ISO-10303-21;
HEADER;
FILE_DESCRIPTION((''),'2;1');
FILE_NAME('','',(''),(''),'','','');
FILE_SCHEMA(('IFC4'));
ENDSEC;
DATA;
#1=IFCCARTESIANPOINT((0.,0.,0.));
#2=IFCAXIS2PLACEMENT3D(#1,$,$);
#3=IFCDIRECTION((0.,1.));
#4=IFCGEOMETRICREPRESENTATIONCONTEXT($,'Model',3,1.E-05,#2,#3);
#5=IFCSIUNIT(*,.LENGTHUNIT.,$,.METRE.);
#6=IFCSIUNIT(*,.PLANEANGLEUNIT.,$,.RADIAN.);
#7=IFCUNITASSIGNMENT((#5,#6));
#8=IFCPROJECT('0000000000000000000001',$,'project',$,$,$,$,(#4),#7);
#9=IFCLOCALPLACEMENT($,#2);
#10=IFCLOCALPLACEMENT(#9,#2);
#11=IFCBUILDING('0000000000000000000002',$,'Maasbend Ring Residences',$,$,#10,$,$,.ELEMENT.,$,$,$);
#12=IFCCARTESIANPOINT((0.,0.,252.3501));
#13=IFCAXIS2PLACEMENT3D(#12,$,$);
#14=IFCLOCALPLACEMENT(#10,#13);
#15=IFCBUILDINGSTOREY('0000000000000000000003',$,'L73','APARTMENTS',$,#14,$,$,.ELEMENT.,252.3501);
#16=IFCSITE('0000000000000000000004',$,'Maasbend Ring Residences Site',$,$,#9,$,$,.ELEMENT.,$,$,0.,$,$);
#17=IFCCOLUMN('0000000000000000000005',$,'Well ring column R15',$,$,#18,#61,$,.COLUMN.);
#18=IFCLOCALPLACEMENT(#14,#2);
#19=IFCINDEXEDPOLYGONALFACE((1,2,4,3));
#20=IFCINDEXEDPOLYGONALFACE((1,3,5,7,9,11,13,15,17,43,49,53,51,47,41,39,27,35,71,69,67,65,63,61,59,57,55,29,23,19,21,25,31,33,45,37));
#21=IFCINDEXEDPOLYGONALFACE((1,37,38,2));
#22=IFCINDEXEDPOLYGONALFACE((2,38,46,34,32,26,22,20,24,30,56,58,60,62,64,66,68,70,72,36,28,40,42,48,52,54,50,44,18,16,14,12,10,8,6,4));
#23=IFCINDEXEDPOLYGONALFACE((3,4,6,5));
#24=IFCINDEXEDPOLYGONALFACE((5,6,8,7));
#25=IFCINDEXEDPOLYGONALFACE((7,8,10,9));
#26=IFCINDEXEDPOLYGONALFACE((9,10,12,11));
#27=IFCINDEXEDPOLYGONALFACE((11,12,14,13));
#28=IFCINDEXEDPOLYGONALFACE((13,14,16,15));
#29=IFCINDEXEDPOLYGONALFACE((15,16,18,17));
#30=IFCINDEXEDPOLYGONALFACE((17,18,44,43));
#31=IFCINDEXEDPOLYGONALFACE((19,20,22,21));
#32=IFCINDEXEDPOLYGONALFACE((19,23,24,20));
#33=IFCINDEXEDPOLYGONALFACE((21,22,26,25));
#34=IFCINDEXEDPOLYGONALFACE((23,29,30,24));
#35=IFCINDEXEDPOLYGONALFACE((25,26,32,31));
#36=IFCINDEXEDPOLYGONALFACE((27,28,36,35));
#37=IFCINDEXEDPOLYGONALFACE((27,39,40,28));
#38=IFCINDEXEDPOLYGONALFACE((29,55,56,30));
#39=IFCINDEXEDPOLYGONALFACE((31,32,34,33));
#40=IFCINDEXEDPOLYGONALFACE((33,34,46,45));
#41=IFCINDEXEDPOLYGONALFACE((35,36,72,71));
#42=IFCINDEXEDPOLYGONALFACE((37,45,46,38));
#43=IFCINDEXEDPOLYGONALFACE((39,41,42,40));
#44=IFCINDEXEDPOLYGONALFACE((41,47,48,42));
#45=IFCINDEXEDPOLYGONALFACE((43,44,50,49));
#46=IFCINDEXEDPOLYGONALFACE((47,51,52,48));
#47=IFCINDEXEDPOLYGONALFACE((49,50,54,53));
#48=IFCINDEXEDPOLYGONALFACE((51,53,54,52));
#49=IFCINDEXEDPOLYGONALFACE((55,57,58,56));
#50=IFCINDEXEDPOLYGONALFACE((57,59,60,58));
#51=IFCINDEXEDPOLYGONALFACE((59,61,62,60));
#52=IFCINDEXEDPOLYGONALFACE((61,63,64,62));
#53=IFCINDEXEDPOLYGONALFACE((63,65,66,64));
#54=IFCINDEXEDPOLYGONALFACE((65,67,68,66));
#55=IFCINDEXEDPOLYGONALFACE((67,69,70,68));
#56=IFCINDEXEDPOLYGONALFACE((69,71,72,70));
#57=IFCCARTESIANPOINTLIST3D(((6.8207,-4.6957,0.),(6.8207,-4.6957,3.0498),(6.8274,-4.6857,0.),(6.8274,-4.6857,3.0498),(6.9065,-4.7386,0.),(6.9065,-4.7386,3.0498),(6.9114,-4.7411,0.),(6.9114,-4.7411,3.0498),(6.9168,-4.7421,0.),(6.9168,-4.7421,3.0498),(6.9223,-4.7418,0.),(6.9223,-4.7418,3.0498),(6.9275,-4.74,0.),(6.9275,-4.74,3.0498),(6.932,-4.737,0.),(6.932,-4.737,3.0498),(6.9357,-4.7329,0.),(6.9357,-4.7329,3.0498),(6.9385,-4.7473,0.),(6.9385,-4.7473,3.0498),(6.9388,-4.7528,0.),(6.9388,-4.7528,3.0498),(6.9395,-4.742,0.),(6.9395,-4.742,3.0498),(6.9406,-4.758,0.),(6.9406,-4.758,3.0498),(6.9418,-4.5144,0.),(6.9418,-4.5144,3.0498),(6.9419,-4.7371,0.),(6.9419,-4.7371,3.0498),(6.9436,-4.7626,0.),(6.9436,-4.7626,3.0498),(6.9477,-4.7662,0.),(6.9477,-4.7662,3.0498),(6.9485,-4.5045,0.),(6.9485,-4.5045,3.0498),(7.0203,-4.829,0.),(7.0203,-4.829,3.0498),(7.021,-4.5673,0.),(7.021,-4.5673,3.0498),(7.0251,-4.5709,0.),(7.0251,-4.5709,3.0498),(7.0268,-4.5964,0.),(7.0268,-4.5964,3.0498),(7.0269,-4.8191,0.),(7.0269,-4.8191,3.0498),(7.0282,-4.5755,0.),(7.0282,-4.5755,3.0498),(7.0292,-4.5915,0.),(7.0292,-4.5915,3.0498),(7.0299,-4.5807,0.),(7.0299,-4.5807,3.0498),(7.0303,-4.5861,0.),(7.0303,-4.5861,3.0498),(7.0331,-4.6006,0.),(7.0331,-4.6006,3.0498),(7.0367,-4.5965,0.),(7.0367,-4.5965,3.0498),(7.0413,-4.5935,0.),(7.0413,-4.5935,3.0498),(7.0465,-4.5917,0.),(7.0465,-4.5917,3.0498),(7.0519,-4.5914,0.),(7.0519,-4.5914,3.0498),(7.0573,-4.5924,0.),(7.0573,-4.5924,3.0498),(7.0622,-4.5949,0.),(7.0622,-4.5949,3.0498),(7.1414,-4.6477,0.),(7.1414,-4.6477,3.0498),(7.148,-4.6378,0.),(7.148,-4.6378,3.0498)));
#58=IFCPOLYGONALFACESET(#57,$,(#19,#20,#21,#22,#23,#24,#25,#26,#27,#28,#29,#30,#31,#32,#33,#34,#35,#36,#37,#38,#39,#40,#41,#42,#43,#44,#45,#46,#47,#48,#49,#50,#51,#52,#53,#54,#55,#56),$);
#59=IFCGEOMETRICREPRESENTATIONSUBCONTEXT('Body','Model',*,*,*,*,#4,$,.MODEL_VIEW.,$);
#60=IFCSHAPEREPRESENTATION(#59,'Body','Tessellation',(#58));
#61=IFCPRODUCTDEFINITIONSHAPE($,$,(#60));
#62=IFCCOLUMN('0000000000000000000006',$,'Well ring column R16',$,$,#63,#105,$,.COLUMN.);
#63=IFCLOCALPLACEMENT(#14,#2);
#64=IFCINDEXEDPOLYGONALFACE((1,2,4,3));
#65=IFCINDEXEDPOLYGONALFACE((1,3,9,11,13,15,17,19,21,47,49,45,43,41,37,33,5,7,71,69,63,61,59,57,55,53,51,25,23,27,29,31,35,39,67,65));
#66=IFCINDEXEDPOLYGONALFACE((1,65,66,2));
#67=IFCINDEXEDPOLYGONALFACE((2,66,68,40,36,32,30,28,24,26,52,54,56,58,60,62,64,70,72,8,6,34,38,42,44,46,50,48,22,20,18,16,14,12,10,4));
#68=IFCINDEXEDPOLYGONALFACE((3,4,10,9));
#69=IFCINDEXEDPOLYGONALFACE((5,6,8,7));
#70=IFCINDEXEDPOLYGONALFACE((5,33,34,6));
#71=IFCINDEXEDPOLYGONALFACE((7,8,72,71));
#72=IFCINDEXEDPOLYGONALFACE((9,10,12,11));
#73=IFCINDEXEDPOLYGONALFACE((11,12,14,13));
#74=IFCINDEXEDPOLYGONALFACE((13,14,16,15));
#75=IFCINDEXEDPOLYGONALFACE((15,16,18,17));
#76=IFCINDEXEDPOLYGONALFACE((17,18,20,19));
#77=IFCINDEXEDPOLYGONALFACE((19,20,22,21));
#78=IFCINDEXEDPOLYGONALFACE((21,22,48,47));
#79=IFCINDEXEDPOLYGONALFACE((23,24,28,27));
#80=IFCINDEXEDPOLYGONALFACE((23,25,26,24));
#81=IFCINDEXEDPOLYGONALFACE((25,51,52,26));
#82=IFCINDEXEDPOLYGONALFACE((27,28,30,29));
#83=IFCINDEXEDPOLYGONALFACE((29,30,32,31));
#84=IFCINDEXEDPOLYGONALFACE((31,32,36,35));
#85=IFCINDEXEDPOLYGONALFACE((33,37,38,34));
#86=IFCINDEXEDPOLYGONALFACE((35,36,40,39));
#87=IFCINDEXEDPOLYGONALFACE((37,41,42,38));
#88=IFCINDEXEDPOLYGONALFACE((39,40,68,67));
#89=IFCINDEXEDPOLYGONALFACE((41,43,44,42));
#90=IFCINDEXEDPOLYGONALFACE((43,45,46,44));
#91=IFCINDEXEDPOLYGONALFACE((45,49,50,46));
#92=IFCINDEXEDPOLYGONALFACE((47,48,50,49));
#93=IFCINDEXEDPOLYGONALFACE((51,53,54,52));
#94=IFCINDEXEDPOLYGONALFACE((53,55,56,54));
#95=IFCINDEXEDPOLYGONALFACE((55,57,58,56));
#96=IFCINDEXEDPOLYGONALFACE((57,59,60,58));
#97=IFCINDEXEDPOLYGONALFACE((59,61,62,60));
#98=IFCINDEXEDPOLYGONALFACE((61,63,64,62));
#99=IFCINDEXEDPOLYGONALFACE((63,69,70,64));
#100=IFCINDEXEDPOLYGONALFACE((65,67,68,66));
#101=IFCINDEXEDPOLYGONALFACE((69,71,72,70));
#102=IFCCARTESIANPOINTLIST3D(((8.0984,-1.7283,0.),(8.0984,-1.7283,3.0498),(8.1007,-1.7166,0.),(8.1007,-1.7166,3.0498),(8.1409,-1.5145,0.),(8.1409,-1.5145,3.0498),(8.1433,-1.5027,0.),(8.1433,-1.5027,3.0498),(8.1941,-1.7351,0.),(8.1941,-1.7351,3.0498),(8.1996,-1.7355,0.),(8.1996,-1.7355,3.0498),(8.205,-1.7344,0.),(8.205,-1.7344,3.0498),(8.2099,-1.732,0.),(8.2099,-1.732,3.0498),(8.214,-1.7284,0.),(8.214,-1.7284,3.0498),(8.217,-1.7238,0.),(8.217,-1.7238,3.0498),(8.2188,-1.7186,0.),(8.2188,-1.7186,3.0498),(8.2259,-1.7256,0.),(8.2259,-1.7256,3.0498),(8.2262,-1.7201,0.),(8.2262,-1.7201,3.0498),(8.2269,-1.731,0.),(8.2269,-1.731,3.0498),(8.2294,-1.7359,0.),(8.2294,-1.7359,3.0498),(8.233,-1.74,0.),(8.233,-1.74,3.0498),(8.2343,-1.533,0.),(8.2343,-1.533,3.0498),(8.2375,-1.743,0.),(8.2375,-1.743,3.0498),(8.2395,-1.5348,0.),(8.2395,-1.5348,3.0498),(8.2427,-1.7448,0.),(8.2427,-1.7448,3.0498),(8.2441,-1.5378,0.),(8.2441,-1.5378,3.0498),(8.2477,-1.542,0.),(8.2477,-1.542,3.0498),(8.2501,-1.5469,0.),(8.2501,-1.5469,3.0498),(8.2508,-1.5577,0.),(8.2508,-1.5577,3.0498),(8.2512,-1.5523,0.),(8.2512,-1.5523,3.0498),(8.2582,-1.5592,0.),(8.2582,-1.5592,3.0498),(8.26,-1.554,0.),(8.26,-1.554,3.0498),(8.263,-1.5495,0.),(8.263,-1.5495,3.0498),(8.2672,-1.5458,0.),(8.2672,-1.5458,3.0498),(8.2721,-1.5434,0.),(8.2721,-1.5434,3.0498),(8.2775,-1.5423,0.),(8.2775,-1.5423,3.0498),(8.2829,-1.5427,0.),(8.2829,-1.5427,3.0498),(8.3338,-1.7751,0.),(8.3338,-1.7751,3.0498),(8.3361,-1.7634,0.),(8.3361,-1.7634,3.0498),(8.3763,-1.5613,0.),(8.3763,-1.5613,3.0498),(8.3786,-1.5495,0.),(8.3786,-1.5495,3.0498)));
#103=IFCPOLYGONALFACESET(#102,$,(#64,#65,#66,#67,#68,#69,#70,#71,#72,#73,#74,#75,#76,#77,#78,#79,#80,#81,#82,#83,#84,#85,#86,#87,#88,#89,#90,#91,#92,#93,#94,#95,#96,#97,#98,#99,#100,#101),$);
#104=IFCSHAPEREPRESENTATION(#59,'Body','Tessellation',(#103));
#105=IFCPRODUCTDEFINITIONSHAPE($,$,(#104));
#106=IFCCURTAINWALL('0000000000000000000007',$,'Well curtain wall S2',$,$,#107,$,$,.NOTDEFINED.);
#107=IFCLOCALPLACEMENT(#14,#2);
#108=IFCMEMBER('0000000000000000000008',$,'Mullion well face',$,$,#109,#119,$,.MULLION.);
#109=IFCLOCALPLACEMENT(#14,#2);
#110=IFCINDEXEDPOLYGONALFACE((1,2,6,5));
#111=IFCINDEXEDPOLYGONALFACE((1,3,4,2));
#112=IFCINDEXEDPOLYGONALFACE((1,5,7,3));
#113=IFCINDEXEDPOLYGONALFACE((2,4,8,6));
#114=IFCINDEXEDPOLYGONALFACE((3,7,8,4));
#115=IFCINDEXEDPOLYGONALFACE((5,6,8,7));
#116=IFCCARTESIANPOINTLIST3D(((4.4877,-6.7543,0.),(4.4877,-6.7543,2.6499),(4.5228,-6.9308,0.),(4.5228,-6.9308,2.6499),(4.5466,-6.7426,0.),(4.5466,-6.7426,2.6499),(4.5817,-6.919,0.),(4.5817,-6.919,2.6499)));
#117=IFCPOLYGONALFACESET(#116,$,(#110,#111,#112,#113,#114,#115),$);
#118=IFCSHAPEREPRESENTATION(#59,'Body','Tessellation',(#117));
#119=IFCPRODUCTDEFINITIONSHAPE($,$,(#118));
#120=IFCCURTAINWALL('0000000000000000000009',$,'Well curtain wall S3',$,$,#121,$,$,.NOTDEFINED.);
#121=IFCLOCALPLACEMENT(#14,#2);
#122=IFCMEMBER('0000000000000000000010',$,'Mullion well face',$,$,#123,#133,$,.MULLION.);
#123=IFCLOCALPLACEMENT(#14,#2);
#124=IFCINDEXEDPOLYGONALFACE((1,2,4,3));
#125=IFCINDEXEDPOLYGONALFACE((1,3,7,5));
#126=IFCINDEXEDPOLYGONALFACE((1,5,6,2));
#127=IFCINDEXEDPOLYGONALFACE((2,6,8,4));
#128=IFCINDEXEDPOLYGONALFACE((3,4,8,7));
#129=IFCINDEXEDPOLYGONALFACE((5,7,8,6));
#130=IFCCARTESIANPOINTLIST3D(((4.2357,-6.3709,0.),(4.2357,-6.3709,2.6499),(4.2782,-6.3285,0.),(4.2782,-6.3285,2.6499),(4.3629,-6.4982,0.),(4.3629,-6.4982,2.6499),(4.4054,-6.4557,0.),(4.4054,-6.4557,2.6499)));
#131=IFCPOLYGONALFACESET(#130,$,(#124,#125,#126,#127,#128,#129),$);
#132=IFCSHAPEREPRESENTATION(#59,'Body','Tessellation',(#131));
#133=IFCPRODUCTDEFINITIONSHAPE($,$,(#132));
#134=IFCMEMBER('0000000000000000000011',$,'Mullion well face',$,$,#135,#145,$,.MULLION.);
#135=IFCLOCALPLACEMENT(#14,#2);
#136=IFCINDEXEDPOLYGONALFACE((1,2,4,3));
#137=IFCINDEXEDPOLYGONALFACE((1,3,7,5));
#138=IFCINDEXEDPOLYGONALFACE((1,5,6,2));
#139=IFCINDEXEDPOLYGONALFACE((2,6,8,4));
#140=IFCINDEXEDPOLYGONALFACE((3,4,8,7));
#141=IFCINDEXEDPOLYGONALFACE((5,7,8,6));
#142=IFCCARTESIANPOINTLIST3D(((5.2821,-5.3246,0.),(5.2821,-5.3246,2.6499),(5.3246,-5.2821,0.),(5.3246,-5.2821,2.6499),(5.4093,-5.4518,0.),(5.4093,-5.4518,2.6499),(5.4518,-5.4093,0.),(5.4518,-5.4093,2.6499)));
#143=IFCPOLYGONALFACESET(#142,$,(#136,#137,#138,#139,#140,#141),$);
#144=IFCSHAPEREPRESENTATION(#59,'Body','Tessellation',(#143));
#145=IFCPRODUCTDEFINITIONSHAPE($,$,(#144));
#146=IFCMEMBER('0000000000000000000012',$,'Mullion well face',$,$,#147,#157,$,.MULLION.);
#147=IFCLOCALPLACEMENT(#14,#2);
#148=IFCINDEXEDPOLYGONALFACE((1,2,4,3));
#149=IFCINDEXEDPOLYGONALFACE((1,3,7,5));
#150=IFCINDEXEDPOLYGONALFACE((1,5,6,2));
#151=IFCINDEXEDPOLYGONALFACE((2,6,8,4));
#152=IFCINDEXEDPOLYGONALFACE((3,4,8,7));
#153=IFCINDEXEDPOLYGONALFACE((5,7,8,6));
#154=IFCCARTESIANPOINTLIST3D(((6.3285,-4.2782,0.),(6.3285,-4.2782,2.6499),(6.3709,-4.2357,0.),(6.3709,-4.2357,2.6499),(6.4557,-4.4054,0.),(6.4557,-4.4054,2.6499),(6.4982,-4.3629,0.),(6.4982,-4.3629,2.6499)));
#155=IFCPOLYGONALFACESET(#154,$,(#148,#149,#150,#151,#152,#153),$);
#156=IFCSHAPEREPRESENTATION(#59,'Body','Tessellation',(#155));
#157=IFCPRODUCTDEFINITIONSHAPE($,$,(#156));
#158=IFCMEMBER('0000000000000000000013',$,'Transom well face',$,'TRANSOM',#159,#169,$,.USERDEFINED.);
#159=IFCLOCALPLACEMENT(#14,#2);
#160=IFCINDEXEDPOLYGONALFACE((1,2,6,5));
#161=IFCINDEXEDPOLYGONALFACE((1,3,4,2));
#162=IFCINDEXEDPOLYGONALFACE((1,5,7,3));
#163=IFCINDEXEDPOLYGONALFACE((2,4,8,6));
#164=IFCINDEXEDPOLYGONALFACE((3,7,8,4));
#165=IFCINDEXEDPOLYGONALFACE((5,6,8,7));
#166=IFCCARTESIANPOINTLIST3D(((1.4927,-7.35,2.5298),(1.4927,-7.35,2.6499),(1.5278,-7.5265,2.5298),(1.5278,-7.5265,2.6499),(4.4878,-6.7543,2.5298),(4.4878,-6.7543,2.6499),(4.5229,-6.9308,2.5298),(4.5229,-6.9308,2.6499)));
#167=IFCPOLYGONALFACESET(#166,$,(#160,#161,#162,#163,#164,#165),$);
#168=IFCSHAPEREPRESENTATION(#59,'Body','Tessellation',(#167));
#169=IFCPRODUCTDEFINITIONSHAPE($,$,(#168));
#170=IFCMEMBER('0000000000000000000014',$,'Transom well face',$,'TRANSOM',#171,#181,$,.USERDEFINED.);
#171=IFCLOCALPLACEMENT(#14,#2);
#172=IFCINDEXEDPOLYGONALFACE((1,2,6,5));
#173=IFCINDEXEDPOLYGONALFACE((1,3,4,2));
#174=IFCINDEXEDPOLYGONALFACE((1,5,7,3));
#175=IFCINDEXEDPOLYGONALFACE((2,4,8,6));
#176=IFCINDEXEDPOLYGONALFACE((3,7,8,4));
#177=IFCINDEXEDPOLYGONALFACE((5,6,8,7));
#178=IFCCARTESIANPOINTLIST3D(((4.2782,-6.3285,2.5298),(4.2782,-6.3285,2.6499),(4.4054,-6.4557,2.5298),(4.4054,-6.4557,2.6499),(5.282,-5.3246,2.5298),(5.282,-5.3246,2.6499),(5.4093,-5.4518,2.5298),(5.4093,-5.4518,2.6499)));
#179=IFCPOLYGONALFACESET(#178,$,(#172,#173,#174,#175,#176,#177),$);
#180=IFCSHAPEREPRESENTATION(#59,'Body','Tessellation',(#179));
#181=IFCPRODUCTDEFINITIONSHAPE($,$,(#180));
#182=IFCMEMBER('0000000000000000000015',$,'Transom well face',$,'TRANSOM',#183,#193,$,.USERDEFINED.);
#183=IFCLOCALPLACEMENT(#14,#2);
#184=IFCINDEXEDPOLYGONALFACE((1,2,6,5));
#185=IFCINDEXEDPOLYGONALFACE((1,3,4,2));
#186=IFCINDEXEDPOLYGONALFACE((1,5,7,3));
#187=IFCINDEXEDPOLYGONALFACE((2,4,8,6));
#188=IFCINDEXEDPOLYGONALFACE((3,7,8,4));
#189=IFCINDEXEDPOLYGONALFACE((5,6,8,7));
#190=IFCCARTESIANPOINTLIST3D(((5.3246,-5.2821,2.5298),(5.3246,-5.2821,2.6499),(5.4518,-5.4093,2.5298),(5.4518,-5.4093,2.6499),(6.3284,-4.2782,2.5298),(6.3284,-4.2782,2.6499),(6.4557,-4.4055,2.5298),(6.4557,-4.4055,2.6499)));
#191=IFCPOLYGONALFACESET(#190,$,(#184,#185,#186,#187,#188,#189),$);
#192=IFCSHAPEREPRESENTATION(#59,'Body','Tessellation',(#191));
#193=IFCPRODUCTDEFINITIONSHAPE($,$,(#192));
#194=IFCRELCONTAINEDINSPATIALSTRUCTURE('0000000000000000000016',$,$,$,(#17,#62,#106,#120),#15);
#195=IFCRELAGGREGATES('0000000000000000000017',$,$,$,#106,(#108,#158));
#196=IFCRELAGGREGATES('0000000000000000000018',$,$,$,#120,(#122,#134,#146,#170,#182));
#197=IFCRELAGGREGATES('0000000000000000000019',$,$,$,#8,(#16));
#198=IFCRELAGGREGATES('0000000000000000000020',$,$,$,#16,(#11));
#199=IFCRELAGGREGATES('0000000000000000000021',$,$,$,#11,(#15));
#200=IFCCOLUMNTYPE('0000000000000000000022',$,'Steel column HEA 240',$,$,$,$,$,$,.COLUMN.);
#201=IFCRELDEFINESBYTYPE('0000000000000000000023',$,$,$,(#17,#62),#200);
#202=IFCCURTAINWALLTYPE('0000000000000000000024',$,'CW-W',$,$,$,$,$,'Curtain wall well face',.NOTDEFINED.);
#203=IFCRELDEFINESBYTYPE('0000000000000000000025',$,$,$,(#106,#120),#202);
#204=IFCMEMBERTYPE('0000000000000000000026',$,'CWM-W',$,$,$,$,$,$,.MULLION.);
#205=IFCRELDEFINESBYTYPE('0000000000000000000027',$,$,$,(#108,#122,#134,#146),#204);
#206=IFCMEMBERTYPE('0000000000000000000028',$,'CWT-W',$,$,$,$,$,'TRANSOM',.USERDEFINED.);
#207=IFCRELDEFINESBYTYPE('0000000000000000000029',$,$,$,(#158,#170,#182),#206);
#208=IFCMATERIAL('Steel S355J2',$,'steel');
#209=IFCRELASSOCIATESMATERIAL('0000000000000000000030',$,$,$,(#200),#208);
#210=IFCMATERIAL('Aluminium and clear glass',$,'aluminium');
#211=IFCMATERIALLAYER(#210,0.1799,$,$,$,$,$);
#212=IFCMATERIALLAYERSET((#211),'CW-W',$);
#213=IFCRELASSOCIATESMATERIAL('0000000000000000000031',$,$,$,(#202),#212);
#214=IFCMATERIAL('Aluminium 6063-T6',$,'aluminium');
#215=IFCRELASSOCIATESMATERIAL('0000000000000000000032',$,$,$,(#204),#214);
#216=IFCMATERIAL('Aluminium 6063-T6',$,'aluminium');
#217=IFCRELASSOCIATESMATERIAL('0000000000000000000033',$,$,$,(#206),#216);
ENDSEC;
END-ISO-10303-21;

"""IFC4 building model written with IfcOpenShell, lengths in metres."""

from ifc_helpers import new_model, si_unit, direction, frame, origin, origin_2d, place, context, subcontext, project, spatial, rectangle, i_section, extrude, material, layer, layer_set, material_profile, profile_set, type_object, element, aggregate, save


model = new_model("IFC4")

# Units and contexts
model_context = context("Model", 3, precision=1e-05, world=origin(), true_north=direction((0.0, 1.0)))
body_context = subcontext(model_context, "Body", "Model", "MODEL_VIEW")
ifc_project = project(units=[si_unit("LENGTHUNIT", "METRE"), si_unit("PLANEANGLEUNIT", "RADIAN")], contexts=[model_context])

# Site, building, storey
site_placement = place(None, origin())
site = spatial("IfcSite", under=ifc_project, at=site_placement, Name="Maasbend Ring Residences Site", CompositionType="ELEMENT", RefElevation=0.0)
building_placement = place(site_placement, origin())
building = spatial("IfcBuilding", under=site, at=building_placement, Name="Maasbend Ring Residences", CompositionType="ELEMENT")
storey_placement = place(building_placement, frame((0.0, 0.0, 252.3501)))
storey = spatial("IfcBuildingStorey", under=building, at=storey_placement, Name="L73", Description="APARTMENTS", CompositionType="ELEMENT", Elevation=252.3501)

# Columns
ifc_material_1 = material(Name="Steel S355J2", Category="steel")
ifc_material_profile_1 = material_profile(ifc_material_1, i_section(OverallWidth=0.24, OverallDepth=0.23, WebThickness=0.0076, FlangeThickness=0.012, FilletRadius=0.021, at=origin_2d()), Name="HEA 240")
ifc_profile_set_1 = profile_set([ifc_material_profile_1], Name="Steel S355J2")
column_type = type_object("IfcColumnType", Name="Steel column HEA 240", PredefinedType="COLUMN", material=ifc_profile_set_1)
for number, where, z_axis, x_axis, name in (
    (1, (6.9844, -4.6667, 0.0), (0.0, 0.0, 1.0), (0.83147, -0.55557, 0.0), "Well ring column R15"),
    (2, (8.2385, -1.6389, 0.0), (0.0, 0.0, 1.0), (0.980785, -0.19509, 0.0), "Well ring column R16"),
):
    element("IfcColumn", number, at=place(storey_placement, frame(where, z_axis=z_axis, x_axis=x_axis)), inside=storey, type_object=column_type, Name=name, PredefinedType="COLUMN", context=body_context, shape_type="SweptSolid", body=[
        extrude(i_section(OverallWidth=0.24, OverallDepth=0.23, WebThickness=0.0076, FlangeThickness=0.012, FilletRadius=0.021, at=origin_2d()), origin(), (0.0, 0.0, 1.0), 3.0498),
    ])

# Curtain wall, member
ifc_material_2 = material(Name="Aluminium and clear glass", Category="aluminium")
ifc_layer_1 = layer(ifc_material_2, 0.1799)
ifc_layer_set_1 = layer_set([ifc_layer_1], Name="CW-W")
curtain_wall_type = type_object("IfcCurtainWallType", Name="CW-W", ElementType="Curtain wall well face", PredefinedType="NOTDEFINED", material=ifc_layer_set_1)
curtain_wall_1_placement = place(storey_placement, origin())
curtain_wall_1 = element("IfcCurtainWall", 3, at=curtain_wall_1_placement, inside=storey, type_object=curtain_wall_type, Name="Well curtain wall S2", PredefinedType="NOTDEFINED")
ifc_material_3 = material(Name="Aluminium 6063-T6", Category="aluminium")
ifc_material_profile_2 = material_profile(ifc_material_3, rectangle(XDim=0.1799, YDim=0.0601, at=origin_2d()), Name="AL 180x60")
ifc_profile_set_2 = profile_set([ifc_material_profile_2], Name="Aluminium 6063-T6")
member_type_1 = type_object("IfcMemberType", Name="CWM-W", PredefinedType="MULLION", material=ifc_profile_set_2)
member_1_placement = place(storey_placement, frame((4.5347, -6.8367, 0.0), z_axis=(0.0, 0.0, 1.0), x_axis=(-0.19509, 0.980785, 0.0)))
member_1 = element("IfcMember", 4, at=member_1_placement, type_object=member_type_1, Name="Mullion well face", PredefinedType="MULLION", context=body_context, shape_type="SweptSolid", body=[
    extrude(rectangle(XDim=0.1799, YDim=0.0601, at=origin_2d()), origin(), (0.0, 0.0, 1.0), 2.6499),
])

# Curtain wall, members
curtain_wall_2_placement = place(storey_placement, origin())
curtain_wall_2 = element("IfcCurtainWall", 5, at=curtain_wall_2_placement, inside=storey, type_object=curtain_wall_type, Name="Well curtain wall S3", PredefinedType="NOTDEFINED")
member_2_placement = place(storey_placement, frame((4.3206, -6.4133, 0.0), z_axis=(0.0, 0.0, 1.0), x_axis=(-0.707107, 0.707107, 0.0)))
member_2 = element("IfcMember", 6, at=member_2_placement, type_object=member_type_1, Name="Mullion well face", PredefinedType="MULLION", context=body_context, shape_type="SweptSolid", body=[
    extrude(rectangle(XDim=0.1799, YDim=0.0601, at=origin_2d()), origin(), (0.0, 0.0, 1.0), 2.6499),
])
member_3_placement = place(storey_placement, frame((5.3669, -5.3669, 0.0), z_axis=(0.0, 0.0, 1.0), x_axis=(-0.707107, 0.707107, 0.0)))
member_3 = element("IfcMember", 7, at=member_3_placement, type_object=member_type_1, Name="Mullion well face", PredefinedType="MULLION", context=body_context, shape_type="SweptSolid", body=[
    extrude(rectangle(XDim=0.1799, YDim=0.0601, at=origin_2d()), origin(), (0.0, 0.0, 1.0), 2.6499),
])
member_4_placement = place(storey_placement, frame((6.4133, -4.3206, 0.0), z_axis=(0.0, 0.0, 1.0), x_axis=(-0.707107, 0.707107, 0.0)))
member_4 = element("IfcMember", 8, at=member_4_placement, type_object=member_type_1, Name="Mullion well face", PredefinedType="MULLION", context=body_context, shape_type="SweptSolid", body=[
    extrude(rectangle(XDim=0.1799, YDim=0.0601, at=origin_2d()), origin(), (0.0, 0.0, 1.0), 2.6499),
])

# Members
ifc_material_4 = material(Name="Aluminium 6063-T6", Category="aluminium")
ifc_material_profile_3 = material_profile(ifc_material_4, rectangle(XDim=0.1799, YDim=0.1201, at=origin_2d()), Name="AL 180x120")
ifc_profile_set_3 = profile_set([ifc_material_profile_3], Name="Aluminium 6063-T6")
member_type_2 = type_object("IfcMemberType", Name="CWT-W", ElementType="TRANSOM", PredefinedType="USERDEFINED", material=ifc_profile_set_3)
member_5_placement = place(storey_placement, frame((1.5103, -7.4382, 2.5898), z_axis=(0.980789, 0.195071, 0.0), x_axis=(-0.195071, 0.980789, 0.0)))
member_5 = element("IfcMember", 9, at=member_5_placement, type_object=member_type_2, Name="Transom well face", ObjectType="TRANSOM", PredefinedType="USERDEFINED", context=body_context, shape_type="SweptSolid", body=[
    extrude(rectangle(XDim=0.1799, YDim=0.1201, at=origin_2d()), origin(), (0.0, 0.0, 1.0), 3.0537),
])
member_6_placement = place(storey_placement, frame((4.3418, -6.3921, 2.5898), z_axis=(0.707107, 0.707107, 0.0), x_axis=(-0.707107, 0.707107, 0.0)))
member_6 = element("IfcMember", 10, at=member_6_placement, type_object=member_type_2, Name="Transom well face", ObjectType="TRANSOM", PredefinedType="USERDEFINED", context=body_context, shape_type="SweptSolid", body=[
    extrude(rectangle(XDim=0.1799, YDim=0.1201, at=origin_2d()), origin(), (0.0, 0.0, 1.0), 1.4197),
])
member_7_placement = place(storey_placement, frame((5.3882, -5.3457, 2.5898), z_axis=(0.707107, 0.707107, 0.0), x_axis=(-0.707107, 0.707107, 0.0)))
member_7 = element("IfcMember", 11, at=member_7_placement, type_object=member_type_2, Name="Transom well face", ObjectType="TRANSOM", PredefinedType="USERDEFINED", context=body_context, shape_type="SweptSolid", body=[
    extrude(rectangle(XDim=0.1799, YDim=0.1201, at=origin_2d()), origin(), (0.0, 0.0, 1.0), 1.4197),
])

aggregate(curtain_wall_1, [member_1, member_5])
aggregate(curtain_wall_2, [member_2, member_3, member_4, member_6, member_7])

save(model, "model.ifc")
